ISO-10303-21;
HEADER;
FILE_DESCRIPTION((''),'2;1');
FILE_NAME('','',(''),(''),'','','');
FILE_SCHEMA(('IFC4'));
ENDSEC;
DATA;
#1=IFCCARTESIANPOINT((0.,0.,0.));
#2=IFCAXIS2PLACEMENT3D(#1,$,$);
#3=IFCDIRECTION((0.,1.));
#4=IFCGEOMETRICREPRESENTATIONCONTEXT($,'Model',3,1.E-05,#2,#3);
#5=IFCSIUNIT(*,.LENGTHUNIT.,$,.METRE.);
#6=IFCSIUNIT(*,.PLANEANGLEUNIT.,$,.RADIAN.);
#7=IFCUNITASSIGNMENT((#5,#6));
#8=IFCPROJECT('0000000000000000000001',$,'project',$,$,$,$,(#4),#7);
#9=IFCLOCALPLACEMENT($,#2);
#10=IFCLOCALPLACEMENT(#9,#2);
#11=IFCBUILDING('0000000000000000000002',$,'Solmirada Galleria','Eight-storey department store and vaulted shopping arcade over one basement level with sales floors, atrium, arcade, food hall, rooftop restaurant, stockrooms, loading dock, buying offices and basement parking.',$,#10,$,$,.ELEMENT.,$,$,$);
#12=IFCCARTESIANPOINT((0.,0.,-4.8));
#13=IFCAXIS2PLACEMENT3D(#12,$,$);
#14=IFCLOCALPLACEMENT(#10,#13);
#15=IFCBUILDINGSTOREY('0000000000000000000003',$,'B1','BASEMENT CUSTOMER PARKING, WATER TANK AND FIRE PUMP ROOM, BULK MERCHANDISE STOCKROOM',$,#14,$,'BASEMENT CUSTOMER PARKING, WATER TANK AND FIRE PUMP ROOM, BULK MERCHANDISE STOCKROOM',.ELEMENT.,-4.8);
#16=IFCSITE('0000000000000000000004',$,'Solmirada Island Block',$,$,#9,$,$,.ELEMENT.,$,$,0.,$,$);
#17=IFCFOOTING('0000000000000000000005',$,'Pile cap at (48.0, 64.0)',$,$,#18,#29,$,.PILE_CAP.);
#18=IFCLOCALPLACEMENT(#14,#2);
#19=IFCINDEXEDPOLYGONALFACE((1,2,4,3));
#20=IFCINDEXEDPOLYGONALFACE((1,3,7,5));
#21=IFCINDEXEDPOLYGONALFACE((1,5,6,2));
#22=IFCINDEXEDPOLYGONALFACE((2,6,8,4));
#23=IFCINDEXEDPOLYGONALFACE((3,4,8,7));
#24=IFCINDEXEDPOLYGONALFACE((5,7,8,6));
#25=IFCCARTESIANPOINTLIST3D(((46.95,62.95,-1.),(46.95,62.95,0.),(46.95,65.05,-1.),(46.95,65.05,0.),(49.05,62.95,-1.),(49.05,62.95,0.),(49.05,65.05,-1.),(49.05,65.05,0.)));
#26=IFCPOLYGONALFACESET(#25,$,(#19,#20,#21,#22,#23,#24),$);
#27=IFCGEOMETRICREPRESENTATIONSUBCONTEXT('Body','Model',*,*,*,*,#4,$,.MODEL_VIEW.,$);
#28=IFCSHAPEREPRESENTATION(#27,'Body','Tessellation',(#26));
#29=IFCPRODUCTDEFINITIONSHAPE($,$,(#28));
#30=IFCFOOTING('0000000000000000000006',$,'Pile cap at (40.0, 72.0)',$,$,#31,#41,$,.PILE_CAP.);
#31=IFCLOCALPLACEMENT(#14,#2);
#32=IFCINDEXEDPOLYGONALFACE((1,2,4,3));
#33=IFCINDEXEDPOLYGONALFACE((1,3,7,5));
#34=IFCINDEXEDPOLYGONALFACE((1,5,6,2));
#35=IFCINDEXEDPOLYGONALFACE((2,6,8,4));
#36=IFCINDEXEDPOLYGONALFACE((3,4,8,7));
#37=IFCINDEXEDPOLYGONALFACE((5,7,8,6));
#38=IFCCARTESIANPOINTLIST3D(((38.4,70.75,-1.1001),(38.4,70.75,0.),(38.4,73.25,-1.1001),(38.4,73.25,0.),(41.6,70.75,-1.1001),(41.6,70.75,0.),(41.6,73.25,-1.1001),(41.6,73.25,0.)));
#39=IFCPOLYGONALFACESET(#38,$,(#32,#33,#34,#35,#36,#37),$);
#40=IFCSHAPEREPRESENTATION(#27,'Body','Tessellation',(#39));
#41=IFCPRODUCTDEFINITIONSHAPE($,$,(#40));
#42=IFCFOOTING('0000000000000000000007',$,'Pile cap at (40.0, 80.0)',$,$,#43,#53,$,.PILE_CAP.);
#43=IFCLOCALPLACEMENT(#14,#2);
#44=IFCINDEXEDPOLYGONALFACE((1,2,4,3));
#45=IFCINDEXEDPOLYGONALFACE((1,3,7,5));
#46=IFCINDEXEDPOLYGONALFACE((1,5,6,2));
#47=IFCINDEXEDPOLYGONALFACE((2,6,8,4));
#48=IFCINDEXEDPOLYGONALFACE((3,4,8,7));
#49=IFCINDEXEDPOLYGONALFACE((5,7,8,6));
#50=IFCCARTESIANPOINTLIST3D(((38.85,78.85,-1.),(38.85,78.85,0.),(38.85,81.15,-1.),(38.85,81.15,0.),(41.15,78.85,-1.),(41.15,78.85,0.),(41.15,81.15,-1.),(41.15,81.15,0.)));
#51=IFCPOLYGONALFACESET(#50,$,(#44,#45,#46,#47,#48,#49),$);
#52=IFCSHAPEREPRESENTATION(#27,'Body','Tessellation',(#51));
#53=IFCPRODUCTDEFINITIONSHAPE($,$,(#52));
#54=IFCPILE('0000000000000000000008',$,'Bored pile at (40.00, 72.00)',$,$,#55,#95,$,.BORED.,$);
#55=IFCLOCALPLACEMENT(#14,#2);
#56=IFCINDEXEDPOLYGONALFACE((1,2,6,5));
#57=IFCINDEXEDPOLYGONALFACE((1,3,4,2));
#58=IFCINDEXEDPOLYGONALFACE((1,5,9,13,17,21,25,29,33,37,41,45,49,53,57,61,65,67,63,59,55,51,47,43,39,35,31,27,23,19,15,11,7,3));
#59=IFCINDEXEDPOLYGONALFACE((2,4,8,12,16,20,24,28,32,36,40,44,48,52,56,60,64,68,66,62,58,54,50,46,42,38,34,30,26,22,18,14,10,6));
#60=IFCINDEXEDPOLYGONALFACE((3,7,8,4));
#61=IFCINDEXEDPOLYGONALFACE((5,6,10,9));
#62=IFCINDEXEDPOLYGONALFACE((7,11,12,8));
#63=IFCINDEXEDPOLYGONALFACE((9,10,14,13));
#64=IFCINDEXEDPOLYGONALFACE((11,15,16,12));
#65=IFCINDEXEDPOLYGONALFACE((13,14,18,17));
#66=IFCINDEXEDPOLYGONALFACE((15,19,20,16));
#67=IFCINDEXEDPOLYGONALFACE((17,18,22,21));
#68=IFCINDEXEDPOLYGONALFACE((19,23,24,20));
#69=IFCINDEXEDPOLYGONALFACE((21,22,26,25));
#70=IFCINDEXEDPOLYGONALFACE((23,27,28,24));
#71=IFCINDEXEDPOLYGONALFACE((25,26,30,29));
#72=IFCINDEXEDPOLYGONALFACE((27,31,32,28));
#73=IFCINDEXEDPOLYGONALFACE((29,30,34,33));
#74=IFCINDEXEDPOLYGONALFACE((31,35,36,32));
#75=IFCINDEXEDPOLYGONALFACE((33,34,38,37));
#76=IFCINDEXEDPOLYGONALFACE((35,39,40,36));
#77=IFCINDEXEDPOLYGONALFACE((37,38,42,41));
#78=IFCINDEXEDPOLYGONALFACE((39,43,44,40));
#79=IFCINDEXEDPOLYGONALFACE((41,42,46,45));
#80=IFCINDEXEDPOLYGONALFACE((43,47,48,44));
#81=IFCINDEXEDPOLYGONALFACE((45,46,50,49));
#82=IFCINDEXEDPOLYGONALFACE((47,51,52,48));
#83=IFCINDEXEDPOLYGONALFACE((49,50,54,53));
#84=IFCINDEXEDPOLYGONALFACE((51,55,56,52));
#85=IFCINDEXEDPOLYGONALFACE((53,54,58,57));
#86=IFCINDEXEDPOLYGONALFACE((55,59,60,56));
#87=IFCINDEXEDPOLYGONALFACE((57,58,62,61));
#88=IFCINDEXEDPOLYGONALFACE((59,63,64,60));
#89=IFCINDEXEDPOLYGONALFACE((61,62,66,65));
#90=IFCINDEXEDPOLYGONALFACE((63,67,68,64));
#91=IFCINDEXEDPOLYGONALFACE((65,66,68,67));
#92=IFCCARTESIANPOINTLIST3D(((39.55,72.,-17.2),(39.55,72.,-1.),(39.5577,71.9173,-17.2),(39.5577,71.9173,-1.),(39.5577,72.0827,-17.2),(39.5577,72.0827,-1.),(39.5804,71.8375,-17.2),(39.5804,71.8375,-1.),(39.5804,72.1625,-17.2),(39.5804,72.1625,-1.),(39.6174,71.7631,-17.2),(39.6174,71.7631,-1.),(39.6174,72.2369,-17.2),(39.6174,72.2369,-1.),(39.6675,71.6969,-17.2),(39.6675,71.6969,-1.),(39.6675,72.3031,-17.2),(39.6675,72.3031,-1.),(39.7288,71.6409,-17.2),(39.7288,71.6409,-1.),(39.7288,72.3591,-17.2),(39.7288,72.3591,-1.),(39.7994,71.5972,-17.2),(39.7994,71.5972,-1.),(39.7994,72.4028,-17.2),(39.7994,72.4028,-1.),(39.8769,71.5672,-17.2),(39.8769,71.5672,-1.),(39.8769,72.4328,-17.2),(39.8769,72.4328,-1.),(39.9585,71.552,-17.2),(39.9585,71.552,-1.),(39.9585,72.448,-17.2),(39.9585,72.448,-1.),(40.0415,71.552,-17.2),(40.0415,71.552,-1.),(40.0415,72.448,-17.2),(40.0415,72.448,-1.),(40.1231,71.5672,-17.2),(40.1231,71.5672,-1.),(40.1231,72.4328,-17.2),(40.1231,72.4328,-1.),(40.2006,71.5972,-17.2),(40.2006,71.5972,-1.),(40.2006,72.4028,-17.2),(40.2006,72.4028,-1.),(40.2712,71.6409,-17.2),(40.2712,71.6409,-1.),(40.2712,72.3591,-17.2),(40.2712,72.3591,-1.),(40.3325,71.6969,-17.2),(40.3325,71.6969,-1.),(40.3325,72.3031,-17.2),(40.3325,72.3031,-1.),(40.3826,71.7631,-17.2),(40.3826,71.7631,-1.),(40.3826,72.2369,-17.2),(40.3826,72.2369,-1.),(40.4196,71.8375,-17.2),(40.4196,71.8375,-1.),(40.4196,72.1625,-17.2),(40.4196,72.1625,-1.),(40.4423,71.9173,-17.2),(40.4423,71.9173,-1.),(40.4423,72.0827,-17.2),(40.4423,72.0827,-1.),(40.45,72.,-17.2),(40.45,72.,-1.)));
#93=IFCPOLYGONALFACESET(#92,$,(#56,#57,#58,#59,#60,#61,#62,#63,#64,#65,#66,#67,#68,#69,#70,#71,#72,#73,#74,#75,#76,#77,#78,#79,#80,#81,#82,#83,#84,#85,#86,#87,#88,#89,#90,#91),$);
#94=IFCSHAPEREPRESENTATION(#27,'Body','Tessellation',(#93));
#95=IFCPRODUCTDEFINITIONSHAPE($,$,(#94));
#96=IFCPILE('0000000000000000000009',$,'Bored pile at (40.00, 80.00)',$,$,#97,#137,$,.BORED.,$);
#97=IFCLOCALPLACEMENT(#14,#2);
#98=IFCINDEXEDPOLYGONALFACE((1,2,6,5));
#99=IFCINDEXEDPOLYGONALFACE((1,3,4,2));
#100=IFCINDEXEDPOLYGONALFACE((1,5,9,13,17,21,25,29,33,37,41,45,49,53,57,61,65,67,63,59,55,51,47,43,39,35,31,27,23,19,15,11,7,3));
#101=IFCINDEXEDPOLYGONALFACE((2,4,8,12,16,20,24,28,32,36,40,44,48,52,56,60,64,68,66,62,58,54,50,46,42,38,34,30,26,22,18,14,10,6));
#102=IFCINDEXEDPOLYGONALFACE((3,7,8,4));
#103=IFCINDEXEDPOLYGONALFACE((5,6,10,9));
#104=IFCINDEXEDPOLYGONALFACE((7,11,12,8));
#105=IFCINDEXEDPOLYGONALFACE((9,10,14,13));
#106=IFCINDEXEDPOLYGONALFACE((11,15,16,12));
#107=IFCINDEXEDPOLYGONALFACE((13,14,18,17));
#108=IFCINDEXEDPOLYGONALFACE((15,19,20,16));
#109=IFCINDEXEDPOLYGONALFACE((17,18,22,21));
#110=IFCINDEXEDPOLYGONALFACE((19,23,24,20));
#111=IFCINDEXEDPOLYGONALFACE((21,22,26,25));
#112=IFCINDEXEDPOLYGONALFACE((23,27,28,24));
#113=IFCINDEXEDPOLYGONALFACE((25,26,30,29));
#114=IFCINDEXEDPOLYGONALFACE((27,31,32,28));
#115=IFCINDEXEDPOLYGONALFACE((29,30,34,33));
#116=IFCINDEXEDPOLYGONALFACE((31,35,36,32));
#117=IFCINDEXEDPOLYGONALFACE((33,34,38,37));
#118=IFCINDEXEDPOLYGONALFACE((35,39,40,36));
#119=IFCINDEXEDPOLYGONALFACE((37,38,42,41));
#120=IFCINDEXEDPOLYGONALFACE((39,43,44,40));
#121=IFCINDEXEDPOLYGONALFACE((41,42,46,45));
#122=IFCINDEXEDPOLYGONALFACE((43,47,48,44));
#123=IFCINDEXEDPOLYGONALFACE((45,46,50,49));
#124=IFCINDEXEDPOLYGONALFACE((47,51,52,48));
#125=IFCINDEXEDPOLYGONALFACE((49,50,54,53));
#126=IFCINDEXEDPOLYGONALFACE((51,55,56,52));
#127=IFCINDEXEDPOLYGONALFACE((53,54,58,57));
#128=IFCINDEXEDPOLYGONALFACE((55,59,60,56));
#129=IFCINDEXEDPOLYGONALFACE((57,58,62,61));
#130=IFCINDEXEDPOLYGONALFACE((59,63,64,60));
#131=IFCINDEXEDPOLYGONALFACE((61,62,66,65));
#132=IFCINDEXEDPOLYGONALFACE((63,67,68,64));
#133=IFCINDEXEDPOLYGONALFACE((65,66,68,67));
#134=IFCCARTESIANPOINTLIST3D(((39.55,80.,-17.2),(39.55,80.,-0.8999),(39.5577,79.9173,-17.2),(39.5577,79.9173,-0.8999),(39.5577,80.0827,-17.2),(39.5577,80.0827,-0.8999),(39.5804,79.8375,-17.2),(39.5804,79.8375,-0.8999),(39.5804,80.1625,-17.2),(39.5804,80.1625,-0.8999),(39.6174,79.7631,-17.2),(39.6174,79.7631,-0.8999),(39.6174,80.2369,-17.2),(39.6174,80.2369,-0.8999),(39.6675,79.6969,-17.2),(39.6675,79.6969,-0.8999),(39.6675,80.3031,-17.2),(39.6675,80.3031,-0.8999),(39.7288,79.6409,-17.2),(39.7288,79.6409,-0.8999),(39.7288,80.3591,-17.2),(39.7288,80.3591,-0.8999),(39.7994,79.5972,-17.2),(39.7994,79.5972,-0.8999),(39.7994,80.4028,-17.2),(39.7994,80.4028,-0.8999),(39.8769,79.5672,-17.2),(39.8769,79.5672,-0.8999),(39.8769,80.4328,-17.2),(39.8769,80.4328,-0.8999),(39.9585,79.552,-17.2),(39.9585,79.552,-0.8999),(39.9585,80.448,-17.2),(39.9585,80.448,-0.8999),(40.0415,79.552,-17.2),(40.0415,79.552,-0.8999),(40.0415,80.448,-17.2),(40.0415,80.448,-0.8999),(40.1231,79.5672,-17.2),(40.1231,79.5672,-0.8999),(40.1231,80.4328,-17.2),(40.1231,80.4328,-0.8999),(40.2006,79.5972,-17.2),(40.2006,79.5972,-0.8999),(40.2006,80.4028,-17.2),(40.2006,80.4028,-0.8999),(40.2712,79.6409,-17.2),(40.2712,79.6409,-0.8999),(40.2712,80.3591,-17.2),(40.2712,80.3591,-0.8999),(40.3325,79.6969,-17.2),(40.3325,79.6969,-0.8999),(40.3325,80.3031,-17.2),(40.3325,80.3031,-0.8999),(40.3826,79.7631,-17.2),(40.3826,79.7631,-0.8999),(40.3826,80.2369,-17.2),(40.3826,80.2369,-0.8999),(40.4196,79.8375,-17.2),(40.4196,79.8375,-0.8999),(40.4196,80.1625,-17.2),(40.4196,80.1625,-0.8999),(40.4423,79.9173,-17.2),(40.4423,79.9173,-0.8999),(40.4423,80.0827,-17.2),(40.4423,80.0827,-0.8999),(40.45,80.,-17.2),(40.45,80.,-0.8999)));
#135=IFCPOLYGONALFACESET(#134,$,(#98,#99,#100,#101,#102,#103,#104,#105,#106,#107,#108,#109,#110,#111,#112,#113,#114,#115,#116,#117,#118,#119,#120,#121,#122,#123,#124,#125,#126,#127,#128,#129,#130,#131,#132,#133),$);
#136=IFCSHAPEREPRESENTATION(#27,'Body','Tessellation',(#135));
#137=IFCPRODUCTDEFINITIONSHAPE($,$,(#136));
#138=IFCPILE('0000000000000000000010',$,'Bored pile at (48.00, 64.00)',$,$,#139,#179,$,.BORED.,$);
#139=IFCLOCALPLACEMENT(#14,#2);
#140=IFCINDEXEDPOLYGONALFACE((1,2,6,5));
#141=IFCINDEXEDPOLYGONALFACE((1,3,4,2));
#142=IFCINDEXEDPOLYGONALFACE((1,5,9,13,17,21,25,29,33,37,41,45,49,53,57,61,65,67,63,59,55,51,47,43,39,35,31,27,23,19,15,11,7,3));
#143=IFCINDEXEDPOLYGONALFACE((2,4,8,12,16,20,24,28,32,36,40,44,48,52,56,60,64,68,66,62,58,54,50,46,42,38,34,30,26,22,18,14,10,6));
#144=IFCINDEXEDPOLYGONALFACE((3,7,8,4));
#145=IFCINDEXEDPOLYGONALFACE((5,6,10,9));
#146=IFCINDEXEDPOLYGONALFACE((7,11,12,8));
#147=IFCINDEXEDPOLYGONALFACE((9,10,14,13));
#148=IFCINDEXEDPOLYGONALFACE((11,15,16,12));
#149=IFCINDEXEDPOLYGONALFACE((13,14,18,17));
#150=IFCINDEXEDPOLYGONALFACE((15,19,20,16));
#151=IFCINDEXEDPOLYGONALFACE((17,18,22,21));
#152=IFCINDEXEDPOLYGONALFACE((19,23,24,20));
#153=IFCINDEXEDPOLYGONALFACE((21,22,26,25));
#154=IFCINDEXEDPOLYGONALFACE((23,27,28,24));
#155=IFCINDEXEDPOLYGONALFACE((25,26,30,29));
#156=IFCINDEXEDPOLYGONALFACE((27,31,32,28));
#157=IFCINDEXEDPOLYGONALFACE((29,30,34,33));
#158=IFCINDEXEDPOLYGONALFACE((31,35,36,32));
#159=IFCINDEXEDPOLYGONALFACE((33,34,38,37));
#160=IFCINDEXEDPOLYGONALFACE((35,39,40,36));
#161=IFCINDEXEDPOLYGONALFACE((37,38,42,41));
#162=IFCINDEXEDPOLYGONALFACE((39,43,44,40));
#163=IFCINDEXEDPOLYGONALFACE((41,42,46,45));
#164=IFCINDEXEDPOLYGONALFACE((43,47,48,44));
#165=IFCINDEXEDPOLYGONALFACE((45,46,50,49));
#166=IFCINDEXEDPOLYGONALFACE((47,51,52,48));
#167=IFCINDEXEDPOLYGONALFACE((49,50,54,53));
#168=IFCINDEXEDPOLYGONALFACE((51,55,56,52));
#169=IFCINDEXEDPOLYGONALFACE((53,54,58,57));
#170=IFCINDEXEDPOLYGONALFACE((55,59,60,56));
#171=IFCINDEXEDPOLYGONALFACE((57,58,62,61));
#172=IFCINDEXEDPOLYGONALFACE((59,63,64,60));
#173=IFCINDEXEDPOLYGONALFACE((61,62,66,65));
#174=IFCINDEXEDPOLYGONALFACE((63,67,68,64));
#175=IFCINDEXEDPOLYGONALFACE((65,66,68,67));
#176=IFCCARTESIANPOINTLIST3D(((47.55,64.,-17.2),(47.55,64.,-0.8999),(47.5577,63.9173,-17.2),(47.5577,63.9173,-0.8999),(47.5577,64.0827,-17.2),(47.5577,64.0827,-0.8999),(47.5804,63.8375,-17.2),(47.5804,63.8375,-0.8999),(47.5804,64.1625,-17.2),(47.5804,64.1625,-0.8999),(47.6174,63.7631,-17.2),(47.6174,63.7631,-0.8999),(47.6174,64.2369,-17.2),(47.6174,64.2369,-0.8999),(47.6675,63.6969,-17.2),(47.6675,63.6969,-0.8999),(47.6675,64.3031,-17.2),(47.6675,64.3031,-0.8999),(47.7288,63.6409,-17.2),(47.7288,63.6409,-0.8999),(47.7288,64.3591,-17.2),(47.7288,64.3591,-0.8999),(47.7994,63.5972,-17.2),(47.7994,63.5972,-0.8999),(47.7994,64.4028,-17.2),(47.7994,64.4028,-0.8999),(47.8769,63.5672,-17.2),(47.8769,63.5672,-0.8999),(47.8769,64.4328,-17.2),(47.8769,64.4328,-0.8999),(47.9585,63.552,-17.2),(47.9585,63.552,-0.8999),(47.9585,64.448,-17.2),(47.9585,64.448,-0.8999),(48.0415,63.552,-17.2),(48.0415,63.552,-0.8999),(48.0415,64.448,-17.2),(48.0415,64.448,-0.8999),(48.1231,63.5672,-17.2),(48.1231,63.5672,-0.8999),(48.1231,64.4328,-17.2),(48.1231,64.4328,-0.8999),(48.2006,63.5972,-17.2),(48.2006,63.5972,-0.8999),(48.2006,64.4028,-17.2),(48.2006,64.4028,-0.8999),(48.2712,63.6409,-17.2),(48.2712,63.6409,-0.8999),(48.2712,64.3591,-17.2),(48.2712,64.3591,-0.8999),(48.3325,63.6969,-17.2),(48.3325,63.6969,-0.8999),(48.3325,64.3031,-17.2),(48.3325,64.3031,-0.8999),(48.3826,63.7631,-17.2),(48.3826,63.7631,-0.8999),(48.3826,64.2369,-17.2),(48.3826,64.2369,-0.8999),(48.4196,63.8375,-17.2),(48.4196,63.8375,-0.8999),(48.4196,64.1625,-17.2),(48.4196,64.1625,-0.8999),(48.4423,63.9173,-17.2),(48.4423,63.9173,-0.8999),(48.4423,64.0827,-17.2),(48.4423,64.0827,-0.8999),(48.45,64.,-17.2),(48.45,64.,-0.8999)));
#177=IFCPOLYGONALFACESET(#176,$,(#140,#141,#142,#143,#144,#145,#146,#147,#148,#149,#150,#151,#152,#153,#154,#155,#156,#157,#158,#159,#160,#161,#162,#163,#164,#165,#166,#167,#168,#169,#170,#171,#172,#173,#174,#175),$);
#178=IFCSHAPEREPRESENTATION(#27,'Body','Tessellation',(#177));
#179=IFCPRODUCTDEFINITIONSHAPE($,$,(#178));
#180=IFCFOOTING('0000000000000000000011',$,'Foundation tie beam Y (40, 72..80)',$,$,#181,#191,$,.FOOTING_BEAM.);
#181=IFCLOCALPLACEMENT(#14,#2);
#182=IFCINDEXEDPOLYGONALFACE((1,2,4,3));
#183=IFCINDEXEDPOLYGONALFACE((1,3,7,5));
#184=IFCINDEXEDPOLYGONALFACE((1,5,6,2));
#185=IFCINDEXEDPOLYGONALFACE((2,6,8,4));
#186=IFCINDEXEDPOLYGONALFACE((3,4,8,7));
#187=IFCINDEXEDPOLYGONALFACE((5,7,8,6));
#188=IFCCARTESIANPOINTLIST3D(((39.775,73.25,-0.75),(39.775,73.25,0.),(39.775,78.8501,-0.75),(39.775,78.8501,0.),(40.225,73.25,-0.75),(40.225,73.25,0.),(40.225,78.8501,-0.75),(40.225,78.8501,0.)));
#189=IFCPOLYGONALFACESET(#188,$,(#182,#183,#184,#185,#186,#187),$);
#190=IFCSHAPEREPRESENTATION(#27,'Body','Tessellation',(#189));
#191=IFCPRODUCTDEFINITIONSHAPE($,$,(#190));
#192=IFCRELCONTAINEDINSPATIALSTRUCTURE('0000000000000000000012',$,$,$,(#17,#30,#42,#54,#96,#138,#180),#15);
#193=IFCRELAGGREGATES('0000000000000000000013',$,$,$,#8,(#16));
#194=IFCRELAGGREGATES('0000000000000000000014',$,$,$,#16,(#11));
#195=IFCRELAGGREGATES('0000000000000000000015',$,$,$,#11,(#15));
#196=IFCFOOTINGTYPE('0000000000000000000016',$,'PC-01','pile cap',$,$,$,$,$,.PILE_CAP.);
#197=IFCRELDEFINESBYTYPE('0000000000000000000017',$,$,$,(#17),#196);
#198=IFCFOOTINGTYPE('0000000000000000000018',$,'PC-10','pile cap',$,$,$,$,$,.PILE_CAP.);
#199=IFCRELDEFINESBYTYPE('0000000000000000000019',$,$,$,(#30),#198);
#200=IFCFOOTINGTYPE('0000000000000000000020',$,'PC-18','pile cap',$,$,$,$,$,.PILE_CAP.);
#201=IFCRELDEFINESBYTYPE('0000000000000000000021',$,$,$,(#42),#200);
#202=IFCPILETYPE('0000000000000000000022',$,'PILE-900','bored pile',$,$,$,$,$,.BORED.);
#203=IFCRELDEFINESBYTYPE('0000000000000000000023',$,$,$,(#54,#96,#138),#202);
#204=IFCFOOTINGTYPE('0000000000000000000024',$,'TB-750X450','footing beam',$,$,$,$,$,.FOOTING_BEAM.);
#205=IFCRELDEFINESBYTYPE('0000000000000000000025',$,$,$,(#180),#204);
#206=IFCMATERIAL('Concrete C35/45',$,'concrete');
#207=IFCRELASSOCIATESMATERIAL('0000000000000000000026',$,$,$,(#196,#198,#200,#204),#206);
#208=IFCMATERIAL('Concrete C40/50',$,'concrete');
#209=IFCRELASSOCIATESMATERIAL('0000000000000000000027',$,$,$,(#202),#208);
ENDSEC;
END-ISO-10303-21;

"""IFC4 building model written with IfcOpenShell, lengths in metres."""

from ifc_helpers import new_model, si_unit, direction, frame, origin, origin_2d, place, context, subcontext, project, spatial, rectangle, circle, extrude, material, material_profile, profile_set, type_object, element, save


model = new_model("IFC4")

# Units and contexts
model_context = context("Model", 3, precision=1e-05, world=origin(), true_north=direction((0.0, 1.0)))
body_context = subcontext(model_context, "Body", "Model", "MODEL_VIEW")
ifc_project = project(units=[si_unit("LENGTHUNIT", "METRE"), si_unit("PLANEANGLEUNIT", "RADIAN")], contexts=[model_context])

# Site, building, storey
site_placement = place(None, origin())
site = spatial("IfcSite", under=ifc_project, at=site_placement, Name="Solmirada Island Block", CompositionType="ELEMENT", RefElevation=0.0)
building_placement = place(site_placement, origin())
building = spatial("IfcBuilding", under=site, at=building_placement, Name="Solmirada Galleria", Description="Eight-storey department store and vaulted shopping arcade over one basement level with sales floors, atrium, arcade, food hall, rooftop restaurant, stockrooms, loading dock, buying offices and basement parking.", CompositionType="ELEMENT")
storey_placement = place(building_placement, frame((0.0, 0.0, -4.8)))
storey = spatial("IfcBuildingStorey", under=building, at=storey_placement, Name="B1", Description="BASEMENT CUSTOMER PARKING, WATER TANK AND FIRE PUMP ROOM, BULK MERCHANDISE STOCKROOM", LongName="BASEMENT CUSTOMER PARKING, WATER TANK AND FIRE PUMP ROOM, BULK MERCHANDISE STOCKROOM", CompositionType="ELEMENT", Elevation=-4.8)

# Footings
ifc_material_1 = material(Name="Concrete C35/45", Category="concrete")
footing_type_1 = type_object("IfcFootingType", Name="PC-01", Description="pile cap", PredefinedType="PILE_CAP", material=ifc_material_1)
footing_1_placement = place(storey_placement, frame((48.0, 64.0, -1.0), z_axis=(0.0, 0.0, 1.0), x_axis=(1.0, 0.0, 0.0)))
element("IfcFooting", 1, at=footing_1_placement, inside=storey, type_object=footing_type_1, Name="Pile cap at (48.0, 64.0)", PredefinedType="PILE_CAP", context=body_context, shape_type="SweptSolid", body=[
    extrude(rectangle(XDim=2.1001, YDim=2.1001, at=origin_2d()), origin(), (0.0, 0.0, 1.0), 1.0),
])
footing_type_2 = type_object("IfcFootingType", Name="PC-10", Description="pile cap", PredefinedType="PILE_CAP", material=ifc_material_1)
footing_2_placement = place(storey_placement, frame((40.0, 72.0, -1.1001), z_axis=(0.0, 0.0, 1.0), x_axis=(1.0, 0.0, 0.0)))
element("IfcFooting", 2, at=footing_2_placement, inside=storey, type_object=footing_type_2, Name="Pile cap at (40.0, 72.0)", PredefinedType="PILE_CAP", context=body_context, shape_type="SweptSolid", body=[
    extrude(rectangle(XDim=3.2, YDim=2.5, at=origin_2d()), origin(), (0.0, 0.0, 1.0), 1.1001),
])
footing_type_3 = type_object("IfcFootingType", Name="PC-18", Description="pile cap", PredefinedType="PILE_CAP", material=ifc_material_1)
footing_3_placement = place(storey_placement, frame((40.0, 80.0, -1.0), z_axis=(0.0, 0.0, 1.0), x_axis=(1.0, 0.0, 0.0)))
element("IfcFooting", 3, at=footing_3_placement, inside=storey, type_object=footing_type_3, Name="Pile cap at (40.0, 80.0)", PredefinedType="PILE_CAP", context=body_context, shape_type="SweptSolid", body=[
    extrude(rectangle(XDim=2.3, YDim=2.3, at=origin_2d()), origin(), (0.0, 0.0, 1.0), 1.0),
])

# Piles
ifc_material_2 = material(Name="Concrete C40/50", Category="concrete")
ifc_material_profile_1 = material_profile(ifc_material_2, circle(Radius=0.45, at=origin_2d()), Name="PILE900")
ifc_profile_set_1 = profile_set([ifc_material_profile_1], Name="Concrete C40/50")
pile_type = type_object("IfcPileType", Name="PILE-900", Description="bored pile", PredefinedType="BORED", material=ifc_profile_set_1)
pile_placement = place(storey_placement, frame((40.0, 72.0, -1.0), z_axis=(0.0, 0.0, -1.0), x_axis=(1.0, 0.0, 0.0)))
element("IfcPile", 4, at=pile_placement, inside=storey, type_object=pile_type, Name="Bored pile at (40.00, 72.00)", PredefinedType="BORED", context=body_context, shape_type="SweptSolid", body=[
    extrude(circle(Radius=0.45, at=origin_2d()), origin(), (0.0, 0.0, 1.0), 16.2),
])
for number, where, z_axis, x_axis, name in (
    (5, (40.0, 80.0, -0.8999), (0.0, 0.0, -1.0), (1.0, 0.0, 0.0), "Bored pile at (40.00, 80.00)"),
    (6, (48.0, 64.0, -0.8999), (0.0, 0.0, -1.0), (1.0, 0.0, 0.0), "Bored pile at (48.00, 64.00)"),
):
    element("IfcPile", number, at=place(storey_placement, frame(where, z_axis=z_axis, x_axis=x_axis)), inside=storey, type_object=pile_type, Name=name, PredefinedType="BORED", context=body_context, shape_type="SweptSolid", body=[
        extrude(circle(Radius=0.45, at=origin_2d()), origin(), (0.0, 0.0, 1.0), 16.3),
    ])

# Footing
ifc_material_profile_2 = material_profile(ifc_material_1, rectangle(XDim=0.45, YDim=0.75, at=origin_2d()), Name="RC750X450")
ifc_profile_set_2 = profile_set([ifc_material_profile_2], Name="Concrete C35/45")
footing_type_4 = type_object("IfcFootingType", Name="TB-750X450", Description="footing beam", PredefinedType="FOOTING_BEAM", material=ifc_profile_set_2)
footing_4_placement = place(storey_placement, frame((40.0, 73.25, -0.375), z_axis=(0.0, 1.0, 0.0), x_axis=(-1.0, 0.0, 0.0)))
element("IfcFooting", 7, at=footing_4_placement, inside=storey, type_object=footing_type_4, Name="Foundation tie beam Y (40, 72..80)", PredefinedType="FOOTING_BEAM", context=body_context, shape_type="SweptSolid", body=[
    extrude(rectangle(XDim=0.45, YDim=0.75, at=origin_2d()), origin(), (0.0, 0.0, 1.0), 5.6001),
])

save(model, "model.ifc")
